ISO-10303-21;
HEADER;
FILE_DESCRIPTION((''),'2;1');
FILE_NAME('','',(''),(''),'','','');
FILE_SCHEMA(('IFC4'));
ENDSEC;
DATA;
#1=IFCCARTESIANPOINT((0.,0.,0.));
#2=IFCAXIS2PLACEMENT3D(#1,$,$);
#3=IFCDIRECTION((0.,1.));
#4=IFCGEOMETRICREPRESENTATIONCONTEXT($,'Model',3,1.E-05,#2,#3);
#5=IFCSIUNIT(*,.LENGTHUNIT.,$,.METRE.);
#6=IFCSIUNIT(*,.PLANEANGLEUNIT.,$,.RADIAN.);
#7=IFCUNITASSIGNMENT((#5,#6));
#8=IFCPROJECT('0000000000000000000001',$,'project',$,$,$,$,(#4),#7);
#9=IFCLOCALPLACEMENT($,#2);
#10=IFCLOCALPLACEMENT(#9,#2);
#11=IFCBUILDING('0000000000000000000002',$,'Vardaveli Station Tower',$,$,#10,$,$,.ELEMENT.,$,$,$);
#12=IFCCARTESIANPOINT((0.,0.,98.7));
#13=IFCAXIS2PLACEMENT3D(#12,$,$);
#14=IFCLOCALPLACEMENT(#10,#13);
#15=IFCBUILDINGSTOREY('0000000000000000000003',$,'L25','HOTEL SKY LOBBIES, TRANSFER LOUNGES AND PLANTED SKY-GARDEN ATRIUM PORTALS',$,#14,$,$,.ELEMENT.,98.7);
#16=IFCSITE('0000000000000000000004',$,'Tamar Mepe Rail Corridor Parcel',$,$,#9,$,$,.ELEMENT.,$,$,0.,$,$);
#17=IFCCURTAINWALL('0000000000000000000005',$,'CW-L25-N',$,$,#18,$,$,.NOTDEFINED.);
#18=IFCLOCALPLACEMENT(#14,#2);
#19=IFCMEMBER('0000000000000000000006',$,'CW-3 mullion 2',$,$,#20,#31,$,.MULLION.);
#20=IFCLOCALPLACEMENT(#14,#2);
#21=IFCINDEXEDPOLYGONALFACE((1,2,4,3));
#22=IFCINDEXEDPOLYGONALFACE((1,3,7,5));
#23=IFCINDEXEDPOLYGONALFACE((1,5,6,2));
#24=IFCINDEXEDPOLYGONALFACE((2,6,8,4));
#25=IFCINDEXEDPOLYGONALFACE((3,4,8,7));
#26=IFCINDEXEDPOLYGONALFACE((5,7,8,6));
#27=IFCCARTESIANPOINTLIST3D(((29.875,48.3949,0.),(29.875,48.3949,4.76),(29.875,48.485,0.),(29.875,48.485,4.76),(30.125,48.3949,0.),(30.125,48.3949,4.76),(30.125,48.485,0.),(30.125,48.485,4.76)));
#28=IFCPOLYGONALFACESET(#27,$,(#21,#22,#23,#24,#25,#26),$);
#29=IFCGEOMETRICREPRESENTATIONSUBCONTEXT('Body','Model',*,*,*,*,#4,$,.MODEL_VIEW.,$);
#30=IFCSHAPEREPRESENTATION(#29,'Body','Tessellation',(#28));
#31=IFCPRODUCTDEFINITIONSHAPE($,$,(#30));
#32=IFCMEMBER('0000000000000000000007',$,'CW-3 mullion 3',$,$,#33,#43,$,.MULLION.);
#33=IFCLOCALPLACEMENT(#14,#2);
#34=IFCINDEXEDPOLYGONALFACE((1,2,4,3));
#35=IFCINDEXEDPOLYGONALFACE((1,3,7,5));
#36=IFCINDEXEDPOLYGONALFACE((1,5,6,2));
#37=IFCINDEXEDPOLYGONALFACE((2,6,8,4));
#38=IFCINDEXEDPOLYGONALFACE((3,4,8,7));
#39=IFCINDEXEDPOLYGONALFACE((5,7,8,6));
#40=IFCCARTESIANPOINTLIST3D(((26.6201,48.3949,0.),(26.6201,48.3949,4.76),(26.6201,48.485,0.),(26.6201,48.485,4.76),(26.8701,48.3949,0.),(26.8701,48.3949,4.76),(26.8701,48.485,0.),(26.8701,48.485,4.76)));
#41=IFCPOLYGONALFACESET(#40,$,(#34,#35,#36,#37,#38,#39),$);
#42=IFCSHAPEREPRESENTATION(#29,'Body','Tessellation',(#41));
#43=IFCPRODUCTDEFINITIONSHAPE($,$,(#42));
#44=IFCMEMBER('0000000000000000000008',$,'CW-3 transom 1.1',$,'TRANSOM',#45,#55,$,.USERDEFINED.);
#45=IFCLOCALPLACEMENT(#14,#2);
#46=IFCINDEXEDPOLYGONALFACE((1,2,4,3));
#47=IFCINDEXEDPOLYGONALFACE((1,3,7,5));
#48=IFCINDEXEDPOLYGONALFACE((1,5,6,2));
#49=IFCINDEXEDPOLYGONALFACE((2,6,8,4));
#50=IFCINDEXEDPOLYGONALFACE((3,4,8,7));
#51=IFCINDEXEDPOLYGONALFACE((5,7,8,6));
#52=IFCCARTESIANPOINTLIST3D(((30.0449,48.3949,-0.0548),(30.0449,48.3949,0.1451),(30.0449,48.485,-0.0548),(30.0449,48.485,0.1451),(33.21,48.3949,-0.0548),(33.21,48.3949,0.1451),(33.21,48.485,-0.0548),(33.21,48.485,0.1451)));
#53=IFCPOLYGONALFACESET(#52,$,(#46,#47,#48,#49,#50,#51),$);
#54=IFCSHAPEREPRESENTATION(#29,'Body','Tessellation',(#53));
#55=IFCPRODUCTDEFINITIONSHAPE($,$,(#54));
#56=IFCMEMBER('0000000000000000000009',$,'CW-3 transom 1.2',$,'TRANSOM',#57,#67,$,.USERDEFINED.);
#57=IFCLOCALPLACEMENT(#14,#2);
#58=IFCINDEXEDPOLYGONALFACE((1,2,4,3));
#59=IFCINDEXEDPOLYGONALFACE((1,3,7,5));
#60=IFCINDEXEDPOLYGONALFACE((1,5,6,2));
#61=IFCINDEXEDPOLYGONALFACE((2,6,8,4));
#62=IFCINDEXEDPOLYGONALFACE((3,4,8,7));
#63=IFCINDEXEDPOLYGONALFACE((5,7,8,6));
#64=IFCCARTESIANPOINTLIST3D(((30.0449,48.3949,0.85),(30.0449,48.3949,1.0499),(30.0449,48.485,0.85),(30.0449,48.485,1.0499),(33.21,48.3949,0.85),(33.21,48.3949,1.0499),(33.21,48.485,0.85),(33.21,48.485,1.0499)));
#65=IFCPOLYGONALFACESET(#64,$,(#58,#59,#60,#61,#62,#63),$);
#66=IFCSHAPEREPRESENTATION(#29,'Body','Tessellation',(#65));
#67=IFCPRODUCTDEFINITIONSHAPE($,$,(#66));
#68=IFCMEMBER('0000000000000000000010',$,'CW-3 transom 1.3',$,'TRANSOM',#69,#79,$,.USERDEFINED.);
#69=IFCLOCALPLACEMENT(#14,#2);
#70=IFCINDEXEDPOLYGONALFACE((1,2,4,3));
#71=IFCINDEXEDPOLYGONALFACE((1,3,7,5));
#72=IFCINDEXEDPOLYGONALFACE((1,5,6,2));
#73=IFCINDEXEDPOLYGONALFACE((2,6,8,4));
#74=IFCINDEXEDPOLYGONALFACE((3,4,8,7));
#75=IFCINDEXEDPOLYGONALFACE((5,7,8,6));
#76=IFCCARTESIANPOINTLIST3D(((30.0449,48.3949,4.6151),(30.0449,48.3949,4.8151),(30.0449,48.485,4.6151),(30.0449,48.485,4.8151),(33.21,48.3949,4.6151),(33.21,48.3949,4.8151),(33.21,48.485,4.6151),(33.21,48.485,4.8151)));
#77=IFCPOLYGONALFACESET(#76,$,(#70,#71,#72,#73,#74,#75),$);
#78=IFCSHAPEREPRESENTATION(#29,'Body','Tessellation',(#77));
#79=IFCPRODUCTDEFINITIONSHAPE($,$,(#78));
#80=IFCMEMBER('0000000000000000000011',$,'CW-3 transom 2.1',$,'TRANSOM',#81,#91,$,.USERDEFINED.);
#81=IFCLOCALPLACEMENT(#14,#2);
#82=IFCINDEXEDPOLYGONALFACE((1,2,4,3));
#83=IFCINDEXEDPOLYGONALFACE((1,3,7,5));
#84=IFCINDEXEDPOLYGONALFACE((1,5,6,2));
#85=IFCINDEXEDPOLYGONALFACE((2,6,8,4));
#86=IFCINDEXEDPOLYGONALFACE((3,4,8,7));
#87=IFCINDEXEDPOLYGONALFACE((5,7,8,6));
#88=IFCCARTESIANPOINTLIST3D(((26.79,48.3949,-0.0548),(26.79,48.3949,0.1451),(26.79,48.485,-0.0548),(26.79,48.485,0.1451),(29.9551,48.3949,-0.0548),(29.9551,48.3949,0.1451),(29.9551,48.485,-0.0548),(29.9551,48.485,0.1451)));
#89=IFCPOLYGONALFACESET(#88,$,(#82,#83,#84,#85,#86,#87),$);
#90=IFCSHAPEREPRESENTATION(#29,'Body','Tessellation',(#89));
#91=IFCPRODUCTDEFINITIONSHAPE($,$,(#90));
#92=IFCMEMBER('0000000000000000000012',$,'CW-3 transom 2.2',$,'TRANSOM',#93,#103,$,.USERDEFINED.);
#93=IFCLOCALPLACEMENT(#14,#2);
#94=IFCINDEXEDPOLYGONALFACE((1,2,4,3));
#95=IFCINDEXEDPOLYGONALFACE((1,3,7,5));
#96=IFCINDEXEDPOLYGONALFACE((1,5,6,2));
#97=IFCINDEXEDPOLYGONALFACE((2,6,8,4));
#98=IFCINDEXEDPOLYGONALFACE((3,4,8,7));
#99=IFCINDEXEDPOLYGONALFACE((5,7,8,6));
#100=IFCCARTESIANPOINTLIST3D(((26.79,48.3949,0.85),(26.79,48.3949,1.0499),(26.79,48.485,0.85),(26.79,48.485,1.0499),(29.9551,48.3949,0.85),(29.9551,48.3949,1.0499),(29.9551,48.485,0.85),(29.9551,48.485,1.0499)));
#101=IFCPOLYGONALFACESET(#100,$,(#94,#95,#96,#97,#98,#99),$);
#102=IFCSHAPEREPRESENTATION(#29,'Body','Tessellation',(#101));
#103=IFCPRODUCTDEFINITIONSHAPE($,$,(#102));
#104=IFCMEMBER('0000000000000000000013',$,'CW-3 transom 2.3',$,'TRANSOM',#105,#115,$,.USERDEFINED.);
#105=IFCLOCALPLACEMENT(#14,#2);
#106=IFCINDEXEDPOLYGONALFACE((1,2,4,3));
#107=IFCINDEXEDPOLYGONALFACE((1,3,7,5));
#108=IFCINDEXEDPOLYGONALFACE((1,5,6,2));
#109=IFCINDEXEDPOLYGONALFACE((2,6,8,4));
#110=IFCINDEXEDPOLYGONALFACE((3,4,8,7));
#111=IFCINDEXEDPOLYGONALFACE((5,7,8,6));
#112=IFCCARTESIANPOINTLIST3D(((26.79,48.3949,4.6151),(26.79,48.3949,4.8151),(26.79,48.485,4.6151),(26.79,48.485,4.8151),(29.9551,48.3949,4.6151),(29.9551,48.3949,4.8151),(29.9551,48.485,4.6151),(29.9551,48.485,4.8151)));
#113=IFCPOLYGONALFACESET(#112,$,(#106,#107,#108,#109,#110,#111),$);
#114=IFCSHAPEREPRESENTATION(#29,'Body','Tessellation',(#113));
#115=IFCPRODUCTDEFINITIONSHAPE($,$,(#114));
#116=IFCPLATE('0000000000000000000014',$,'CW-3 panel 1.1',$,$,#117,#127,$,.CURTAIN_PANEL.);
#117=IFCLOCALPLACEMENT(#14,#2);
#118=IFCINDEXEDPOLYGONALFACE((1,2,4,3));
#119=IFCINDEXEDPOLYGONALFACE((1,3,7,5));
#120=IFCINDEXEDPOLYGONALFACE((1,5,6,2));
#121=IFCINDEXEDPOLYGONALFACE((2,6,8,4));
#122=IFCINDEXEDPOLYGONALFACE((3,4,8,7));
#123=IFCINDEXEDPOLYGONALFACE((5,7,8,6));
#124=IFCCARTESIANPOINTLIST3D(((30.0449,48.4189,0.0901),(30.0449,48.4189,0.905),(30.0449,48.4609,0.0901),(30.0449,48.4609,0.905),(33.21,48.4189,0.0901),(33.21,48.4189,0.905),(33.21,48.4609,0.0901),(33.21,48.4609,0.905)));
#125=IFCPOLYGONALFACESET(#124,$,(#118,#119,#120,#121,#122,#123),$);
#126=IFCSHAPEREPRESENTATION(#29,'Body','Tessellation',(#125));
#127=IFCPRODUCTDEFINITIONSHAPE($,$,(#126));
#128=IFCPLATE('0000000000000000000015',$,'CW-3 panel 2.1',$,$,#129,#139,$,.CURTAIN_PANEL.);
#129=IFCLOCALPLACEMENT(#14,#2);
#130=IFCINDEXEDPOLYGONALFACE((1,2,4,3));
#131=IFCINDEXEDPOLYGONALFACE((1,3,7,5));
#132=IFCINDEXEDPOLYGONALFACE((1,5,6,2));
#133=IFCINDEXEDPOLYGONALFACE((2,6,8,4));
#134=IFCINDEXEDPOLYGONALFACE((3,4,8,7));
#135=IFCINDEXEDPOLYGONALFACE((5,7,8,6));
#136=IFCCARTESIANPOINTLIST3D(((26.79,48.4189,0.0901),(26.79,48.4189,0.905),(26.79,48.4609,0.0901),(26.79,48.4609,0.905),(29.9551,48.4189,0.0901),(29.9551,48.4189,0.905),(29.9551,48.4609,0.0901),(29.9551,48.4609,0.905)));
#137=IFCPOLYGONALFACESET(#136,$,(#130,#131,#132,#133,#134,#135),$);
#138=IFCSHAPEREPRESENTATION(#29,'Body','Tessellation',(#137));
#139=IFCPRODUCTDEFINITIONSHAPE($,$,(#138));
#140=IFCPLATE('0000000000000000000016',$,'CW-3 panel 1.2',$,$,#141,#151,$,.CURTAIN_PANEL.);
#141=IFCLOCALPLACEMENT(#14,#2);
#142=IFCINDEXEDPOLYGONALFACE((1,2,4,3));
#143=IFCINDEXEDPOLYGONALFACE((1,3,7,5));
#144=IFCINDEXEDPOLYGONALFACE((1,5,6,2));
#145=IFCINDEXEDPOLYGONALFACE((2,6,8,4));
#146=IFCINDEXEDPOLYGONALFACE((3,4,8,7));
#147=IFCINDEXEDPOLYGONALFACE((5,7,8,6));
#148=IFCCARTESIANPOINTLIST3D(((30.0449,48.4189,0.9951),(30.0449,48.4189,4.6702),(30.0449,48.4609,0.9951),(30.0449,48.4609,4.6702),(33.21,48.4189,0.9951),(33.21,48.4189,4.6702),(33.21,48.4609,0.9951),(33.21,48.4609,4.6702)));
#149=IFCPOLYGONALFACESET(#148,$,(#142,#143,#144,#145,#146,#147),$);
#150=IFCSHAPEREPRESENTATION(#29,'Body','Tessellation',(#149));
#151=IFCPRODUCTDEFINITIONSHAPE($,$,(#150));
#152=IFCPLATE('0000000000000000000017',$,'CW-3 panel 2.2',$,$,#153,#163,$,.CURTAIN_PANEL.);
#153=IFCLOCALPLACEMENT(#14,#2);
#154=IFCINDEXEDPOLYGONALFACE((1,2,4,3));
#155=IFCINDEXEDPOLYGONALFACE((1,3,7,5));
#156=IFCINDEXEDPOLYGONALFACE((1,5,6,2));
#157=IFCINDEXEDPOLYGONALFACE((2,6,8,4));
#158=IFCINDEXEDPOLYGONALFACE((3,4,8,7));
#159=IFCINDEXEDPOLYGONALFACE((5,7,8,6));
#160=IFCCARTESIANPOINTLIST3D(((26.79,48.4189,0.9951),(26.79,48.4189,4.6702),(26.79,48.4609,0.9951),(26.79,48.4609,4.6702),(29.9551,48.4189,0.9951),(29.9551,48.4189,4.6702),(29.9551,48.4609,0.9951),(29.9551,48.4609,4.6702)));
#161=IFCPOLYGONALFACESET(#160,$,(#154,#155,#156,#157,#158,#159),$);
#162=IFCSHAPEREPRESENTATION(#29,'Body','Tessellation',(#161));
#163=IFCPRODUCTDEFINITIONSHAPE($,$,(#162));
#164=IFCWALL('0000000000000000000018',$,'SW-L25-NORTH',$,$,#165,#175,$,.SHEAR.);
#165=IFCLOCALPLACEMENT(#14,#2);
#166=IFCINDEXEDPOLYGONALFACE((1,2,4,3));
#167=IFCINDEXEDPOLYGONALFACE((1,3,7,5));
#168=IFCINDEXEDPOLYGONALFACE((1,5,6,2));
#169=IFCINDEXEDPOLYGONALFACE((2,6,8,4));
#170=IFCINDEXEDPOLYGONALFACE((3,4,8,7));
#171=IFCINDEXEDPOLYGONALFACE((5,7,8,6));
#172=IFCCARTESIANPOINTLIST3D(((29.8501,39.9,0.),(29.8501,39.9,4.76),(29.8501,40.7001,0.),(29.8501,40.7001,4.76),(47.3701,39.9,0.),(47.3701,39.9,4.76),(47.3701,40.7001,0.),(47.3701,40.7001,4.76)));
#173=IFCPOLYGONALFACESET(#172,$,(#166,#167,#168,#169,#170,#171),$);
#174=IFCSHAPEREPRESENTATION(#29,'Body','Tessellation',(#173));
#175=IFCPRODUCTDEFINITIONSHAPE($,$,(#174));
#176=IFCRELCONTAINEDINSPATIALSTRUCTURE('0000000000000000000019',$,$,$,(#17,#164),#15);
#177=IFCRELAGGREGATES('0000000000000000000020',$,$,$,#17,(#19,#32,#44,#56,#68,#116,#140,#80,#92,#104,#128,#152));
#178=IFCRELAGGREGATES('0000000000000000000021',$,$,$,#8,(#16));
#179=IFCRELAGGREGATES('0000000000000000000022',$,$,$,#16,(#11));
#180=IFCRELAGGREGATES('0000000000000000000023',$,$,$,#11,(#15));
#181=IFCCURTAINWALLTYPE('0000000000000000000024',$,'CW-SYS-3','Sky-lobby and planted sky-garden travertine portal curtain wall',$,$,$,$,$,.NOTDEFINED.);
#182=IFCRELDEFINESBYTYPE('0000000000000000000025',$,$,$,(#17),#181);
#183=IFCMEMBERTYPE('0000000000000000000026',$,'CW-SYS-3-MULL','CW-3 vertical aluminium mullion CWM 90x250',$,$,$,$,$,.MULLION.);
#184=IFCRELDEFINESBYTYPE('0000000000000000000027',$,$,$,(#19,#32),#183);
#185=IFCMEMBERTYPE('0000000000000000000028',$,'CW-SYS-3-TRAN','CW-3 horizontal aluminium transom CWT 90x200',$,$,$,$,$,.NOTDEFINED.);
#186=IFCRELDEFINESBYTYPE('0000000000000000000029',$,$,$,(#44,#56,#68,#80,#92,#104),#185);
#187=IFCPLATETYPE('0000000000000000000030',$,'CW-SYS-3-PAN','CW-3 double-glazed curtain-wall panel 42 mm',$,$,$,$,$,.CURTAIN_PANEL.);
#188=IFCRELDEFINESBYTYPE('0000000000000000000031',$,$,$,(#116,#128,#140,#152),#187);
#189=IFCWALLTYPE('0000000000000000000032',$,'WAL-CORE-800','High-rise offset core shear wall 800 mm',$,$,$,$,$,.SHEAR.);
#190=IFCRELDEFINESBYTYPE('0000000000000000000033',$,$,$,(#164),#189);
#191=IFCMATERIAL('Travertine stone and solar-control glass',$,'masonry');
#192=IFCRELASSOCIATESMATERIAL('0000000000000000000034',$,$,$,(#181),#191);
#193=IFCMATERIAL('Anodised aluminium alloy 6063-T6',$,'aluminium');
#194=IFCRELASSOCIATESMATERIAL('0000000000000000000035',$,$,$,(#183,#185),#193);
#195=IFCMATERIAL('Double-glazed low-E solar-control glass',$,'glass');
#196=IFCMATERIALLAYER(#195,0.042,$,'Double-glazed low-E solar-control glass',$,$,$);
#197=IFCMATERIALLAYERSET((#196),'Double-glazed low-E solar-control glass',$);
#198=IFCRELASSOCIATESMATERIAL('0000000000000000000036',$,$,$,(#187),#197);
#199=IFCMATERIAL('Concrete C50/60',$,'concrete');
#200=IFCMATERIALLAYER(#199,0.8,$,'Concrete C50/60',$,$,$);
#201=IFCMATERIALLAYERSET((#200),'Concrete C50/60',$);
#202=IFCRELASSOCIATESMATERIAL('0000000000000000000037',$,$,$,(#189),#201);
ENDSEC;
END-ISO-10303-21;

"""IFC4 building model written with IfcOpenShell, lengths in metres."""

from ifc_helpers import new_model, si_unit, direction, frame, frame_2d, origin, origin_2d, place, context, subcontext, project, spatial, rectangle, extrude, source, transform, mapped, material, layer, layer_set, material_profile, profile_set, type_object, element, aggregate, save


model = new_model("IFC4")

# Units and contexts
model_context = context("Model", 3, precision=1e-05, world=origin(), true_north=direction((0.0, 1.0)))
body_context = subcontext(model_context, "Body", "Model", "MODEL_VIEW")
ifc_project = project(units=[si_unit("LENGTHUNIT", "METRE"), si_unit("PLANEANGLEUNIT", "RADIAN")], contexts=[model_context])

# Site, building, storey
site_placement = place(None, origin())
site = spatial("IfcSite", under=ifc_project, at=site_placement, Name="Tamar Mepe Rail Corridor Parcel", CompositionType="ELEMENT", RefElevation=0.0)
building_placement = place(site_placement, origin())
building = spatial("IfcBuilding", under=site, at=building_placement, Name="Vardaveli Station Tower", CompositionType="ELEMENT")
storey_placement = place(building_placement, frame((0.0, 0.0, 98.7)))
storey = spatial("IfcBuildingStorey", under=building, at=storey_placement, Name="L25", Description="HOTEL SKY LOBBIES, TRANSFER LOUNGES AND PLANTED SKY-GARDEN ATRIUM PORTALS", CompositionType="ELEMENT", Elevation=98.7)

# Curtain wall, members, plates
ifc_material_1 = material(Name="Travertine stone and solar-control glass", Category="masonry")
curtain_wall_type = type_object("IfcCurtainWallType", Name="CW-SYS-3", Description="Sky-lobby and planted sky-garden travertine portal curtain wall", PredefinedType="NOTDEFINED", material=ifc_material_1)
curtain_wall_placement = place(storey_placement, origin())
curtain_wall = element("IfcCurtainWall", 1, at=curtain_wall_placement, inside=storey, type_object=curtain_wall_type, Name="CW-L25-N", PredefinedType="NOTDEFINED")
ifc_material_2 = material(Name="Anodised aluminium alloy 6063-T6", Category="aluminium")
ifc_material_profile_1 = material_profile(ifc_material_2, rectangle(XDim=0.0901, YDim=0.25, at=origin_2d()), Name="CWM 90x250")
ifc_profile_set_1 = profile_set([ifc_material_profile_1], Name="Anodised aluminium alloy 6063-T6")
member_type_1 = type_object("IfcMemberType", Name="CW-SYS-3-MULL", Description="CW-3 vertical aluminium mullion CWM 90x250", PredefinedType="MULLION", material=ifc_profile_set_1)
shared_shape_1 = source(origin(), body_context, "Body", "SweptSolid", [
    extrude(rectangle(XDim=0.0901, YDim=0.25, at=origin_2d()), origin(), (0.0, 0.0, 1.0), 4.76),
])
member_1_placement = place(storey_placement, frame((30.0, 48.4399, 0.0), z_axis=(0.0, 0.0, 1.0), x_axis=(0.0, -1.0, 0.0)))
member_1 = element("IfcMember", 2, at=member_1_placement, type_object=member_type_1, Name="CW-3 mullion 2", PredefinedType="MULLION", context=body_context, shape_type="MappedRepresentation", body=[
    mapped(shared_shape_1, transform((0.0, 0.0, 0.0), scale=1.0)),
])
member_2_placement = place(storey_placement, frame((26.7451, 48.4399, 0.0), z_axis=(0.0, 0.0, 1.0), x_axis=(0.0, -1.0, 0.0)))
member_2 = element("IfcMember", 3, at=member_2_placement, type_object=member_type_1, Name="CW-3 mullion 3", PredefinedType="MULLION", context=body_context, shape_type="MappedRepresentation", body=[
    mapped(shared_shape_1, transform((0.0, 0.0, 0.0), scale=1.0)),
])
ifc_material_profile_2 = material_profile(ifc_material_2, rectangle(XDim=0.0901, YDim=0.2, at=origin_2d()), Name="CWT 90x200")
ifc_profile_set_2 = profile_set([ifc_material_profile_2], Name="Anodised aluminium alloy 6063-T6")
member_type_2 = type_object("IfcMemberType", Name="CW-SYS-3-TRAN", Description="CW-3 horizontal aluminium transom CWT 90x200", PredefinedType="NOTDEFINED", material=ifc_profile_set_2)
shared_shape_2 = source(origin(), body_context, "Body", "SweptSolid", [
    extrude(rectangle(XDim=0.0901, YDim=0.2, at=origin_2d()), origin(), (0.0, 0.0, 1.0), 3.165),
])
member_3_placement = place(storey_placement, frame((33.21, 48.4399, 0.0452), z_axis=(-1.0, 0.0, 0.0), x_axis=(0.0, -1.0, 0.0)))
member_3 = element("IfcMember", 4, at=member_3_placement, type_object=member_type_2, Name="CW-3 transom 1.1", ObjectType="TRANSOM", PredefinedType="USERDEFINED", context=body_context, shape_type="MappedRepresentation", body=[
    mapped(shared_shape_2, transform((0.0, 0.0, 0.0), scale=1.0)),
])
member_4_placement = place(storey_placement, frame((33.21, 48.4399, 0.95), z_axis=(-1.0, 0.0, 0.0), x_axis=(0.0, -1.0, 0.0)))
member_4 = element("IfcMember", 5, at=member_4_placement, type_object=member_type_2, Name="CW-3 transom 1.2", ObjectType="TRANSOM", PredefinedType="USERDEFINED", context=body_context, shape_type="MappedRepresentation", body=[
    mapped(shared_shape_2, transform((0.0, 0.0, 0.0), scale=1.0)),
])
member_5_placement = place(storey_placement, frame((33.21, 48.4399, 4.7151), z_axis=(-1.0, 0.0, 0.0), x_axis=(0.0, -1.0, 0.0)))
member_5 = element("IfcMember", 6, at=member_5_placement, type_object=member_type_2, Name="CW-3 transom 1.3", ObjectType="TRANSOM", PredefinedType="USERDEFINED", context=body_context, shape_type="MappedRepresentation", body=[
    mapped(shared_shape_2, transform((0.0, 0.0, 0.0), scale=1.0)),
])
member_6_placement = place(storey_placement, frame((29.9551, 48.4399, 0.0452), z_axis=(-1.0, 0.0, 0.0), x_axis=(0.0, -1.0, 0.0)))
member_6 = element("IfcMember", 7, at=member_6_placement, type_object=member_type_2, Name="CW-3 transom 2.1", ObjectType="TRANSOM", PredefinedType="USERDEFINED", context=body_context, shape_type="MappedRepresentation", body=[
    mapped(shared_shape_2, transform((0.0, 0.0, 0.0), scale=1.0)),
])
member_7_placement = place(storey_placement, frame((29.9551, 48.4399, 0.95), z_axis=(-1.0, 0.0, 0.0), x_axis=(0.0, -1.0, 0.0)))
member_7 = element("IfcMember", 8, at=member_7_placement, type_object=member_type_2, Name="CW-3 transom 2.2", ObjectType="TRANSOM", PredefinedType="USERDEFINED", context=body_context, shape_type="MappedRepresentation", body=[
    mapped(shared_shape_2, transform((0.0, 0.0, 0.0), scale=1.0)),
])
member_8_placement = place(storey_placement, frame((29.9551, 48.4399, 4.7151), z_axis=(-1.0, 0.0, 0.0), x_axis=(0.0, -1.0, 0.0)))
member_8 = element("IfcMember", 9, at=member_8_placement, type_object=member_type_2, Name="CW-3 transom 2.3", ObjectType="TRANSOM", PredefinedType="USERDEFINED", context=body_context, shape_type="MappedRepresentation", body=[
    mapped(shared_shape_2, transform((0.0, 0.0, 0.0), scale=1.0)),
])
ifc_material_3 = material(Name="Double-glazed low-E solar-control glass", Category="glass")
ifc_layer_1 = layer(ifc_material_3, 0.042, Name="Double-glazed low-E solar-control glass")
ifc_layer_set_1 = layer_set([ifc_layer_1], Name="Double-glazed low-E solar-control glass")
plate_type = type_object("IfcPlateType", Name="CW-SYS-3-PAN", Description="CW-3 double-glazed curtain-wall panel 42 mm", PredefinedType="CURTAIN_PANEL", material=ifc_layer_set_1)
shared_shape_3 = source(origin(), body_context, "Body", "SweptSolid", [
    extrude(rectangle(XDim=3.165, YDim=0.042, at=origin_2d()), origin(), (0.0, 0.0, 1.0), 0.8149),
])
plate_1_placement = place(storey_placement, frame((31.6274, 48.4399, 0.0901), z_axis=(0.0, 0.0, 1.0), x_axis=(-1.0, 0.0, 0.0)))
plate_1 = element("IfcPlate", 10, at=plate_1_placement, type_object=plate_type, Name="CW-3 panel 1.1", PredefinedType="CURTAIN_PANEL", context=body_context, shape_type="MappedRepresentation", body=[
    mapped(shared_shape_3, transform((0.0, 0.0, 0.0), scale=1.0)),
])
plate_2_placement = place(storey_placement, frame((28.3726, 48.4399, 0.0901), z_axis=(0.0, 0.0, 1.0), x_axis=(-1.0, 0.0, 0.0)))
plate_2 = element("IfcPlate", 11, at=plate_2_placement, type_object=plate_type, Name="CW-3 panel 2.1", PredefinedType="CURTAIN_PANEL", context=body_context, shape_type="MappedRepresentation", body=[
    mapped(shared_shape_3, transform((0.0, 0.0, 0.0), scale=1.0)),
])
shared_shape_4 = source(origin(), body_context, "Body", "SweptSolid", [
    extrude(rectangle(XDim=3.165, YDim=0.042, at=origin_2d()), origin(), (0.0, 0.0, 1.0), 3.675),
])
plate_3_placement = place(storey_placement, frame((31.6274, 48.4399, 0.9951), z_axis=(0.0, 0.0, 1.0), x_axis=(-1.0, 0.0, 0.0)))
plate_3 = element("IfcPlate", 12, at=plate_3_placement, type_object=plate_type, Name="CW-3 panel 1.2", PredefinedType="CURTAIN_PANEL", context=body_context, shape_type="MappedRepresentation", body=[
    mapped(shared_shape_4, transform((0.0, 0.0, 0.0), scale=1.0)),
])
plate_4_placement = place(storey_placement, frame((28.3726, 48.4399, 0.9951), z_axis=(0.0, 0.0, 1.0), x_axis=(-1.0, 0.0, 0.0)))
plate_4 = element("IfcPlate", 13, at=plate_4_placement, type_object=plate_type, Name="CW-3 panel 2.2", PredefinedType="CURTAIN_PANEL", context=body_context, shape_type="MappedRepresentation", body=[
    mapped(shared_shape_4, transform((0.0, 0.0, 0.0), scale=1.0)),
])
aggregate(curtain_wall, [member_1, member_2, member_3, member_4, member_5, plate_1, plate_3, member_6, member_7, member_8, plate_2, plate_4])

# Wall
ifc_material_4 = material(Name="Concrete C50/60", Category="concrete")
ifc_layer_2 = layer(ifc_material_4, 0.8, Name="Concrete C50/60")
ifc_layer_set_2 = layer_set([ifc_layer_2], Name="Concrete C50/60")
wall_type_1 = type_object("IfcWallType", Name="WAL-CORE-800", Description="High-rise offset core shear wall 800 mm", PredefinedType="SHEAR", material=ifc_layer_set_2)
shared_shape_5 = source(origin(), body_context, "Body", "SweptSolid", [
    extrude(rectangle(XDim=17.52, YDim=0.8, at=frame_2d((8.76, 0.0))), origin(), (0.0, 0.0, 1.0), 4.76),
])
wall_1_placement = place(storey_placement, frame((29.8501, 40.3, 0.0), z_axis=(0.0, 0.0, 1.0), x_axis=(1.0, 0.0, 0.0)))
element("IfcWall", 14, at=wall_1_placement, inside=storey, type_object=wall_type_1, Name="SW-L25-NORTH", PredefinedType="SHEAR", context=body_context, shape_type="MappedRepresentation", body=[
    mapped(shared_shape_5, transform((0.0, 0.0, 0.0), scale=1.0)),
])

save(model, "model.ifc")
